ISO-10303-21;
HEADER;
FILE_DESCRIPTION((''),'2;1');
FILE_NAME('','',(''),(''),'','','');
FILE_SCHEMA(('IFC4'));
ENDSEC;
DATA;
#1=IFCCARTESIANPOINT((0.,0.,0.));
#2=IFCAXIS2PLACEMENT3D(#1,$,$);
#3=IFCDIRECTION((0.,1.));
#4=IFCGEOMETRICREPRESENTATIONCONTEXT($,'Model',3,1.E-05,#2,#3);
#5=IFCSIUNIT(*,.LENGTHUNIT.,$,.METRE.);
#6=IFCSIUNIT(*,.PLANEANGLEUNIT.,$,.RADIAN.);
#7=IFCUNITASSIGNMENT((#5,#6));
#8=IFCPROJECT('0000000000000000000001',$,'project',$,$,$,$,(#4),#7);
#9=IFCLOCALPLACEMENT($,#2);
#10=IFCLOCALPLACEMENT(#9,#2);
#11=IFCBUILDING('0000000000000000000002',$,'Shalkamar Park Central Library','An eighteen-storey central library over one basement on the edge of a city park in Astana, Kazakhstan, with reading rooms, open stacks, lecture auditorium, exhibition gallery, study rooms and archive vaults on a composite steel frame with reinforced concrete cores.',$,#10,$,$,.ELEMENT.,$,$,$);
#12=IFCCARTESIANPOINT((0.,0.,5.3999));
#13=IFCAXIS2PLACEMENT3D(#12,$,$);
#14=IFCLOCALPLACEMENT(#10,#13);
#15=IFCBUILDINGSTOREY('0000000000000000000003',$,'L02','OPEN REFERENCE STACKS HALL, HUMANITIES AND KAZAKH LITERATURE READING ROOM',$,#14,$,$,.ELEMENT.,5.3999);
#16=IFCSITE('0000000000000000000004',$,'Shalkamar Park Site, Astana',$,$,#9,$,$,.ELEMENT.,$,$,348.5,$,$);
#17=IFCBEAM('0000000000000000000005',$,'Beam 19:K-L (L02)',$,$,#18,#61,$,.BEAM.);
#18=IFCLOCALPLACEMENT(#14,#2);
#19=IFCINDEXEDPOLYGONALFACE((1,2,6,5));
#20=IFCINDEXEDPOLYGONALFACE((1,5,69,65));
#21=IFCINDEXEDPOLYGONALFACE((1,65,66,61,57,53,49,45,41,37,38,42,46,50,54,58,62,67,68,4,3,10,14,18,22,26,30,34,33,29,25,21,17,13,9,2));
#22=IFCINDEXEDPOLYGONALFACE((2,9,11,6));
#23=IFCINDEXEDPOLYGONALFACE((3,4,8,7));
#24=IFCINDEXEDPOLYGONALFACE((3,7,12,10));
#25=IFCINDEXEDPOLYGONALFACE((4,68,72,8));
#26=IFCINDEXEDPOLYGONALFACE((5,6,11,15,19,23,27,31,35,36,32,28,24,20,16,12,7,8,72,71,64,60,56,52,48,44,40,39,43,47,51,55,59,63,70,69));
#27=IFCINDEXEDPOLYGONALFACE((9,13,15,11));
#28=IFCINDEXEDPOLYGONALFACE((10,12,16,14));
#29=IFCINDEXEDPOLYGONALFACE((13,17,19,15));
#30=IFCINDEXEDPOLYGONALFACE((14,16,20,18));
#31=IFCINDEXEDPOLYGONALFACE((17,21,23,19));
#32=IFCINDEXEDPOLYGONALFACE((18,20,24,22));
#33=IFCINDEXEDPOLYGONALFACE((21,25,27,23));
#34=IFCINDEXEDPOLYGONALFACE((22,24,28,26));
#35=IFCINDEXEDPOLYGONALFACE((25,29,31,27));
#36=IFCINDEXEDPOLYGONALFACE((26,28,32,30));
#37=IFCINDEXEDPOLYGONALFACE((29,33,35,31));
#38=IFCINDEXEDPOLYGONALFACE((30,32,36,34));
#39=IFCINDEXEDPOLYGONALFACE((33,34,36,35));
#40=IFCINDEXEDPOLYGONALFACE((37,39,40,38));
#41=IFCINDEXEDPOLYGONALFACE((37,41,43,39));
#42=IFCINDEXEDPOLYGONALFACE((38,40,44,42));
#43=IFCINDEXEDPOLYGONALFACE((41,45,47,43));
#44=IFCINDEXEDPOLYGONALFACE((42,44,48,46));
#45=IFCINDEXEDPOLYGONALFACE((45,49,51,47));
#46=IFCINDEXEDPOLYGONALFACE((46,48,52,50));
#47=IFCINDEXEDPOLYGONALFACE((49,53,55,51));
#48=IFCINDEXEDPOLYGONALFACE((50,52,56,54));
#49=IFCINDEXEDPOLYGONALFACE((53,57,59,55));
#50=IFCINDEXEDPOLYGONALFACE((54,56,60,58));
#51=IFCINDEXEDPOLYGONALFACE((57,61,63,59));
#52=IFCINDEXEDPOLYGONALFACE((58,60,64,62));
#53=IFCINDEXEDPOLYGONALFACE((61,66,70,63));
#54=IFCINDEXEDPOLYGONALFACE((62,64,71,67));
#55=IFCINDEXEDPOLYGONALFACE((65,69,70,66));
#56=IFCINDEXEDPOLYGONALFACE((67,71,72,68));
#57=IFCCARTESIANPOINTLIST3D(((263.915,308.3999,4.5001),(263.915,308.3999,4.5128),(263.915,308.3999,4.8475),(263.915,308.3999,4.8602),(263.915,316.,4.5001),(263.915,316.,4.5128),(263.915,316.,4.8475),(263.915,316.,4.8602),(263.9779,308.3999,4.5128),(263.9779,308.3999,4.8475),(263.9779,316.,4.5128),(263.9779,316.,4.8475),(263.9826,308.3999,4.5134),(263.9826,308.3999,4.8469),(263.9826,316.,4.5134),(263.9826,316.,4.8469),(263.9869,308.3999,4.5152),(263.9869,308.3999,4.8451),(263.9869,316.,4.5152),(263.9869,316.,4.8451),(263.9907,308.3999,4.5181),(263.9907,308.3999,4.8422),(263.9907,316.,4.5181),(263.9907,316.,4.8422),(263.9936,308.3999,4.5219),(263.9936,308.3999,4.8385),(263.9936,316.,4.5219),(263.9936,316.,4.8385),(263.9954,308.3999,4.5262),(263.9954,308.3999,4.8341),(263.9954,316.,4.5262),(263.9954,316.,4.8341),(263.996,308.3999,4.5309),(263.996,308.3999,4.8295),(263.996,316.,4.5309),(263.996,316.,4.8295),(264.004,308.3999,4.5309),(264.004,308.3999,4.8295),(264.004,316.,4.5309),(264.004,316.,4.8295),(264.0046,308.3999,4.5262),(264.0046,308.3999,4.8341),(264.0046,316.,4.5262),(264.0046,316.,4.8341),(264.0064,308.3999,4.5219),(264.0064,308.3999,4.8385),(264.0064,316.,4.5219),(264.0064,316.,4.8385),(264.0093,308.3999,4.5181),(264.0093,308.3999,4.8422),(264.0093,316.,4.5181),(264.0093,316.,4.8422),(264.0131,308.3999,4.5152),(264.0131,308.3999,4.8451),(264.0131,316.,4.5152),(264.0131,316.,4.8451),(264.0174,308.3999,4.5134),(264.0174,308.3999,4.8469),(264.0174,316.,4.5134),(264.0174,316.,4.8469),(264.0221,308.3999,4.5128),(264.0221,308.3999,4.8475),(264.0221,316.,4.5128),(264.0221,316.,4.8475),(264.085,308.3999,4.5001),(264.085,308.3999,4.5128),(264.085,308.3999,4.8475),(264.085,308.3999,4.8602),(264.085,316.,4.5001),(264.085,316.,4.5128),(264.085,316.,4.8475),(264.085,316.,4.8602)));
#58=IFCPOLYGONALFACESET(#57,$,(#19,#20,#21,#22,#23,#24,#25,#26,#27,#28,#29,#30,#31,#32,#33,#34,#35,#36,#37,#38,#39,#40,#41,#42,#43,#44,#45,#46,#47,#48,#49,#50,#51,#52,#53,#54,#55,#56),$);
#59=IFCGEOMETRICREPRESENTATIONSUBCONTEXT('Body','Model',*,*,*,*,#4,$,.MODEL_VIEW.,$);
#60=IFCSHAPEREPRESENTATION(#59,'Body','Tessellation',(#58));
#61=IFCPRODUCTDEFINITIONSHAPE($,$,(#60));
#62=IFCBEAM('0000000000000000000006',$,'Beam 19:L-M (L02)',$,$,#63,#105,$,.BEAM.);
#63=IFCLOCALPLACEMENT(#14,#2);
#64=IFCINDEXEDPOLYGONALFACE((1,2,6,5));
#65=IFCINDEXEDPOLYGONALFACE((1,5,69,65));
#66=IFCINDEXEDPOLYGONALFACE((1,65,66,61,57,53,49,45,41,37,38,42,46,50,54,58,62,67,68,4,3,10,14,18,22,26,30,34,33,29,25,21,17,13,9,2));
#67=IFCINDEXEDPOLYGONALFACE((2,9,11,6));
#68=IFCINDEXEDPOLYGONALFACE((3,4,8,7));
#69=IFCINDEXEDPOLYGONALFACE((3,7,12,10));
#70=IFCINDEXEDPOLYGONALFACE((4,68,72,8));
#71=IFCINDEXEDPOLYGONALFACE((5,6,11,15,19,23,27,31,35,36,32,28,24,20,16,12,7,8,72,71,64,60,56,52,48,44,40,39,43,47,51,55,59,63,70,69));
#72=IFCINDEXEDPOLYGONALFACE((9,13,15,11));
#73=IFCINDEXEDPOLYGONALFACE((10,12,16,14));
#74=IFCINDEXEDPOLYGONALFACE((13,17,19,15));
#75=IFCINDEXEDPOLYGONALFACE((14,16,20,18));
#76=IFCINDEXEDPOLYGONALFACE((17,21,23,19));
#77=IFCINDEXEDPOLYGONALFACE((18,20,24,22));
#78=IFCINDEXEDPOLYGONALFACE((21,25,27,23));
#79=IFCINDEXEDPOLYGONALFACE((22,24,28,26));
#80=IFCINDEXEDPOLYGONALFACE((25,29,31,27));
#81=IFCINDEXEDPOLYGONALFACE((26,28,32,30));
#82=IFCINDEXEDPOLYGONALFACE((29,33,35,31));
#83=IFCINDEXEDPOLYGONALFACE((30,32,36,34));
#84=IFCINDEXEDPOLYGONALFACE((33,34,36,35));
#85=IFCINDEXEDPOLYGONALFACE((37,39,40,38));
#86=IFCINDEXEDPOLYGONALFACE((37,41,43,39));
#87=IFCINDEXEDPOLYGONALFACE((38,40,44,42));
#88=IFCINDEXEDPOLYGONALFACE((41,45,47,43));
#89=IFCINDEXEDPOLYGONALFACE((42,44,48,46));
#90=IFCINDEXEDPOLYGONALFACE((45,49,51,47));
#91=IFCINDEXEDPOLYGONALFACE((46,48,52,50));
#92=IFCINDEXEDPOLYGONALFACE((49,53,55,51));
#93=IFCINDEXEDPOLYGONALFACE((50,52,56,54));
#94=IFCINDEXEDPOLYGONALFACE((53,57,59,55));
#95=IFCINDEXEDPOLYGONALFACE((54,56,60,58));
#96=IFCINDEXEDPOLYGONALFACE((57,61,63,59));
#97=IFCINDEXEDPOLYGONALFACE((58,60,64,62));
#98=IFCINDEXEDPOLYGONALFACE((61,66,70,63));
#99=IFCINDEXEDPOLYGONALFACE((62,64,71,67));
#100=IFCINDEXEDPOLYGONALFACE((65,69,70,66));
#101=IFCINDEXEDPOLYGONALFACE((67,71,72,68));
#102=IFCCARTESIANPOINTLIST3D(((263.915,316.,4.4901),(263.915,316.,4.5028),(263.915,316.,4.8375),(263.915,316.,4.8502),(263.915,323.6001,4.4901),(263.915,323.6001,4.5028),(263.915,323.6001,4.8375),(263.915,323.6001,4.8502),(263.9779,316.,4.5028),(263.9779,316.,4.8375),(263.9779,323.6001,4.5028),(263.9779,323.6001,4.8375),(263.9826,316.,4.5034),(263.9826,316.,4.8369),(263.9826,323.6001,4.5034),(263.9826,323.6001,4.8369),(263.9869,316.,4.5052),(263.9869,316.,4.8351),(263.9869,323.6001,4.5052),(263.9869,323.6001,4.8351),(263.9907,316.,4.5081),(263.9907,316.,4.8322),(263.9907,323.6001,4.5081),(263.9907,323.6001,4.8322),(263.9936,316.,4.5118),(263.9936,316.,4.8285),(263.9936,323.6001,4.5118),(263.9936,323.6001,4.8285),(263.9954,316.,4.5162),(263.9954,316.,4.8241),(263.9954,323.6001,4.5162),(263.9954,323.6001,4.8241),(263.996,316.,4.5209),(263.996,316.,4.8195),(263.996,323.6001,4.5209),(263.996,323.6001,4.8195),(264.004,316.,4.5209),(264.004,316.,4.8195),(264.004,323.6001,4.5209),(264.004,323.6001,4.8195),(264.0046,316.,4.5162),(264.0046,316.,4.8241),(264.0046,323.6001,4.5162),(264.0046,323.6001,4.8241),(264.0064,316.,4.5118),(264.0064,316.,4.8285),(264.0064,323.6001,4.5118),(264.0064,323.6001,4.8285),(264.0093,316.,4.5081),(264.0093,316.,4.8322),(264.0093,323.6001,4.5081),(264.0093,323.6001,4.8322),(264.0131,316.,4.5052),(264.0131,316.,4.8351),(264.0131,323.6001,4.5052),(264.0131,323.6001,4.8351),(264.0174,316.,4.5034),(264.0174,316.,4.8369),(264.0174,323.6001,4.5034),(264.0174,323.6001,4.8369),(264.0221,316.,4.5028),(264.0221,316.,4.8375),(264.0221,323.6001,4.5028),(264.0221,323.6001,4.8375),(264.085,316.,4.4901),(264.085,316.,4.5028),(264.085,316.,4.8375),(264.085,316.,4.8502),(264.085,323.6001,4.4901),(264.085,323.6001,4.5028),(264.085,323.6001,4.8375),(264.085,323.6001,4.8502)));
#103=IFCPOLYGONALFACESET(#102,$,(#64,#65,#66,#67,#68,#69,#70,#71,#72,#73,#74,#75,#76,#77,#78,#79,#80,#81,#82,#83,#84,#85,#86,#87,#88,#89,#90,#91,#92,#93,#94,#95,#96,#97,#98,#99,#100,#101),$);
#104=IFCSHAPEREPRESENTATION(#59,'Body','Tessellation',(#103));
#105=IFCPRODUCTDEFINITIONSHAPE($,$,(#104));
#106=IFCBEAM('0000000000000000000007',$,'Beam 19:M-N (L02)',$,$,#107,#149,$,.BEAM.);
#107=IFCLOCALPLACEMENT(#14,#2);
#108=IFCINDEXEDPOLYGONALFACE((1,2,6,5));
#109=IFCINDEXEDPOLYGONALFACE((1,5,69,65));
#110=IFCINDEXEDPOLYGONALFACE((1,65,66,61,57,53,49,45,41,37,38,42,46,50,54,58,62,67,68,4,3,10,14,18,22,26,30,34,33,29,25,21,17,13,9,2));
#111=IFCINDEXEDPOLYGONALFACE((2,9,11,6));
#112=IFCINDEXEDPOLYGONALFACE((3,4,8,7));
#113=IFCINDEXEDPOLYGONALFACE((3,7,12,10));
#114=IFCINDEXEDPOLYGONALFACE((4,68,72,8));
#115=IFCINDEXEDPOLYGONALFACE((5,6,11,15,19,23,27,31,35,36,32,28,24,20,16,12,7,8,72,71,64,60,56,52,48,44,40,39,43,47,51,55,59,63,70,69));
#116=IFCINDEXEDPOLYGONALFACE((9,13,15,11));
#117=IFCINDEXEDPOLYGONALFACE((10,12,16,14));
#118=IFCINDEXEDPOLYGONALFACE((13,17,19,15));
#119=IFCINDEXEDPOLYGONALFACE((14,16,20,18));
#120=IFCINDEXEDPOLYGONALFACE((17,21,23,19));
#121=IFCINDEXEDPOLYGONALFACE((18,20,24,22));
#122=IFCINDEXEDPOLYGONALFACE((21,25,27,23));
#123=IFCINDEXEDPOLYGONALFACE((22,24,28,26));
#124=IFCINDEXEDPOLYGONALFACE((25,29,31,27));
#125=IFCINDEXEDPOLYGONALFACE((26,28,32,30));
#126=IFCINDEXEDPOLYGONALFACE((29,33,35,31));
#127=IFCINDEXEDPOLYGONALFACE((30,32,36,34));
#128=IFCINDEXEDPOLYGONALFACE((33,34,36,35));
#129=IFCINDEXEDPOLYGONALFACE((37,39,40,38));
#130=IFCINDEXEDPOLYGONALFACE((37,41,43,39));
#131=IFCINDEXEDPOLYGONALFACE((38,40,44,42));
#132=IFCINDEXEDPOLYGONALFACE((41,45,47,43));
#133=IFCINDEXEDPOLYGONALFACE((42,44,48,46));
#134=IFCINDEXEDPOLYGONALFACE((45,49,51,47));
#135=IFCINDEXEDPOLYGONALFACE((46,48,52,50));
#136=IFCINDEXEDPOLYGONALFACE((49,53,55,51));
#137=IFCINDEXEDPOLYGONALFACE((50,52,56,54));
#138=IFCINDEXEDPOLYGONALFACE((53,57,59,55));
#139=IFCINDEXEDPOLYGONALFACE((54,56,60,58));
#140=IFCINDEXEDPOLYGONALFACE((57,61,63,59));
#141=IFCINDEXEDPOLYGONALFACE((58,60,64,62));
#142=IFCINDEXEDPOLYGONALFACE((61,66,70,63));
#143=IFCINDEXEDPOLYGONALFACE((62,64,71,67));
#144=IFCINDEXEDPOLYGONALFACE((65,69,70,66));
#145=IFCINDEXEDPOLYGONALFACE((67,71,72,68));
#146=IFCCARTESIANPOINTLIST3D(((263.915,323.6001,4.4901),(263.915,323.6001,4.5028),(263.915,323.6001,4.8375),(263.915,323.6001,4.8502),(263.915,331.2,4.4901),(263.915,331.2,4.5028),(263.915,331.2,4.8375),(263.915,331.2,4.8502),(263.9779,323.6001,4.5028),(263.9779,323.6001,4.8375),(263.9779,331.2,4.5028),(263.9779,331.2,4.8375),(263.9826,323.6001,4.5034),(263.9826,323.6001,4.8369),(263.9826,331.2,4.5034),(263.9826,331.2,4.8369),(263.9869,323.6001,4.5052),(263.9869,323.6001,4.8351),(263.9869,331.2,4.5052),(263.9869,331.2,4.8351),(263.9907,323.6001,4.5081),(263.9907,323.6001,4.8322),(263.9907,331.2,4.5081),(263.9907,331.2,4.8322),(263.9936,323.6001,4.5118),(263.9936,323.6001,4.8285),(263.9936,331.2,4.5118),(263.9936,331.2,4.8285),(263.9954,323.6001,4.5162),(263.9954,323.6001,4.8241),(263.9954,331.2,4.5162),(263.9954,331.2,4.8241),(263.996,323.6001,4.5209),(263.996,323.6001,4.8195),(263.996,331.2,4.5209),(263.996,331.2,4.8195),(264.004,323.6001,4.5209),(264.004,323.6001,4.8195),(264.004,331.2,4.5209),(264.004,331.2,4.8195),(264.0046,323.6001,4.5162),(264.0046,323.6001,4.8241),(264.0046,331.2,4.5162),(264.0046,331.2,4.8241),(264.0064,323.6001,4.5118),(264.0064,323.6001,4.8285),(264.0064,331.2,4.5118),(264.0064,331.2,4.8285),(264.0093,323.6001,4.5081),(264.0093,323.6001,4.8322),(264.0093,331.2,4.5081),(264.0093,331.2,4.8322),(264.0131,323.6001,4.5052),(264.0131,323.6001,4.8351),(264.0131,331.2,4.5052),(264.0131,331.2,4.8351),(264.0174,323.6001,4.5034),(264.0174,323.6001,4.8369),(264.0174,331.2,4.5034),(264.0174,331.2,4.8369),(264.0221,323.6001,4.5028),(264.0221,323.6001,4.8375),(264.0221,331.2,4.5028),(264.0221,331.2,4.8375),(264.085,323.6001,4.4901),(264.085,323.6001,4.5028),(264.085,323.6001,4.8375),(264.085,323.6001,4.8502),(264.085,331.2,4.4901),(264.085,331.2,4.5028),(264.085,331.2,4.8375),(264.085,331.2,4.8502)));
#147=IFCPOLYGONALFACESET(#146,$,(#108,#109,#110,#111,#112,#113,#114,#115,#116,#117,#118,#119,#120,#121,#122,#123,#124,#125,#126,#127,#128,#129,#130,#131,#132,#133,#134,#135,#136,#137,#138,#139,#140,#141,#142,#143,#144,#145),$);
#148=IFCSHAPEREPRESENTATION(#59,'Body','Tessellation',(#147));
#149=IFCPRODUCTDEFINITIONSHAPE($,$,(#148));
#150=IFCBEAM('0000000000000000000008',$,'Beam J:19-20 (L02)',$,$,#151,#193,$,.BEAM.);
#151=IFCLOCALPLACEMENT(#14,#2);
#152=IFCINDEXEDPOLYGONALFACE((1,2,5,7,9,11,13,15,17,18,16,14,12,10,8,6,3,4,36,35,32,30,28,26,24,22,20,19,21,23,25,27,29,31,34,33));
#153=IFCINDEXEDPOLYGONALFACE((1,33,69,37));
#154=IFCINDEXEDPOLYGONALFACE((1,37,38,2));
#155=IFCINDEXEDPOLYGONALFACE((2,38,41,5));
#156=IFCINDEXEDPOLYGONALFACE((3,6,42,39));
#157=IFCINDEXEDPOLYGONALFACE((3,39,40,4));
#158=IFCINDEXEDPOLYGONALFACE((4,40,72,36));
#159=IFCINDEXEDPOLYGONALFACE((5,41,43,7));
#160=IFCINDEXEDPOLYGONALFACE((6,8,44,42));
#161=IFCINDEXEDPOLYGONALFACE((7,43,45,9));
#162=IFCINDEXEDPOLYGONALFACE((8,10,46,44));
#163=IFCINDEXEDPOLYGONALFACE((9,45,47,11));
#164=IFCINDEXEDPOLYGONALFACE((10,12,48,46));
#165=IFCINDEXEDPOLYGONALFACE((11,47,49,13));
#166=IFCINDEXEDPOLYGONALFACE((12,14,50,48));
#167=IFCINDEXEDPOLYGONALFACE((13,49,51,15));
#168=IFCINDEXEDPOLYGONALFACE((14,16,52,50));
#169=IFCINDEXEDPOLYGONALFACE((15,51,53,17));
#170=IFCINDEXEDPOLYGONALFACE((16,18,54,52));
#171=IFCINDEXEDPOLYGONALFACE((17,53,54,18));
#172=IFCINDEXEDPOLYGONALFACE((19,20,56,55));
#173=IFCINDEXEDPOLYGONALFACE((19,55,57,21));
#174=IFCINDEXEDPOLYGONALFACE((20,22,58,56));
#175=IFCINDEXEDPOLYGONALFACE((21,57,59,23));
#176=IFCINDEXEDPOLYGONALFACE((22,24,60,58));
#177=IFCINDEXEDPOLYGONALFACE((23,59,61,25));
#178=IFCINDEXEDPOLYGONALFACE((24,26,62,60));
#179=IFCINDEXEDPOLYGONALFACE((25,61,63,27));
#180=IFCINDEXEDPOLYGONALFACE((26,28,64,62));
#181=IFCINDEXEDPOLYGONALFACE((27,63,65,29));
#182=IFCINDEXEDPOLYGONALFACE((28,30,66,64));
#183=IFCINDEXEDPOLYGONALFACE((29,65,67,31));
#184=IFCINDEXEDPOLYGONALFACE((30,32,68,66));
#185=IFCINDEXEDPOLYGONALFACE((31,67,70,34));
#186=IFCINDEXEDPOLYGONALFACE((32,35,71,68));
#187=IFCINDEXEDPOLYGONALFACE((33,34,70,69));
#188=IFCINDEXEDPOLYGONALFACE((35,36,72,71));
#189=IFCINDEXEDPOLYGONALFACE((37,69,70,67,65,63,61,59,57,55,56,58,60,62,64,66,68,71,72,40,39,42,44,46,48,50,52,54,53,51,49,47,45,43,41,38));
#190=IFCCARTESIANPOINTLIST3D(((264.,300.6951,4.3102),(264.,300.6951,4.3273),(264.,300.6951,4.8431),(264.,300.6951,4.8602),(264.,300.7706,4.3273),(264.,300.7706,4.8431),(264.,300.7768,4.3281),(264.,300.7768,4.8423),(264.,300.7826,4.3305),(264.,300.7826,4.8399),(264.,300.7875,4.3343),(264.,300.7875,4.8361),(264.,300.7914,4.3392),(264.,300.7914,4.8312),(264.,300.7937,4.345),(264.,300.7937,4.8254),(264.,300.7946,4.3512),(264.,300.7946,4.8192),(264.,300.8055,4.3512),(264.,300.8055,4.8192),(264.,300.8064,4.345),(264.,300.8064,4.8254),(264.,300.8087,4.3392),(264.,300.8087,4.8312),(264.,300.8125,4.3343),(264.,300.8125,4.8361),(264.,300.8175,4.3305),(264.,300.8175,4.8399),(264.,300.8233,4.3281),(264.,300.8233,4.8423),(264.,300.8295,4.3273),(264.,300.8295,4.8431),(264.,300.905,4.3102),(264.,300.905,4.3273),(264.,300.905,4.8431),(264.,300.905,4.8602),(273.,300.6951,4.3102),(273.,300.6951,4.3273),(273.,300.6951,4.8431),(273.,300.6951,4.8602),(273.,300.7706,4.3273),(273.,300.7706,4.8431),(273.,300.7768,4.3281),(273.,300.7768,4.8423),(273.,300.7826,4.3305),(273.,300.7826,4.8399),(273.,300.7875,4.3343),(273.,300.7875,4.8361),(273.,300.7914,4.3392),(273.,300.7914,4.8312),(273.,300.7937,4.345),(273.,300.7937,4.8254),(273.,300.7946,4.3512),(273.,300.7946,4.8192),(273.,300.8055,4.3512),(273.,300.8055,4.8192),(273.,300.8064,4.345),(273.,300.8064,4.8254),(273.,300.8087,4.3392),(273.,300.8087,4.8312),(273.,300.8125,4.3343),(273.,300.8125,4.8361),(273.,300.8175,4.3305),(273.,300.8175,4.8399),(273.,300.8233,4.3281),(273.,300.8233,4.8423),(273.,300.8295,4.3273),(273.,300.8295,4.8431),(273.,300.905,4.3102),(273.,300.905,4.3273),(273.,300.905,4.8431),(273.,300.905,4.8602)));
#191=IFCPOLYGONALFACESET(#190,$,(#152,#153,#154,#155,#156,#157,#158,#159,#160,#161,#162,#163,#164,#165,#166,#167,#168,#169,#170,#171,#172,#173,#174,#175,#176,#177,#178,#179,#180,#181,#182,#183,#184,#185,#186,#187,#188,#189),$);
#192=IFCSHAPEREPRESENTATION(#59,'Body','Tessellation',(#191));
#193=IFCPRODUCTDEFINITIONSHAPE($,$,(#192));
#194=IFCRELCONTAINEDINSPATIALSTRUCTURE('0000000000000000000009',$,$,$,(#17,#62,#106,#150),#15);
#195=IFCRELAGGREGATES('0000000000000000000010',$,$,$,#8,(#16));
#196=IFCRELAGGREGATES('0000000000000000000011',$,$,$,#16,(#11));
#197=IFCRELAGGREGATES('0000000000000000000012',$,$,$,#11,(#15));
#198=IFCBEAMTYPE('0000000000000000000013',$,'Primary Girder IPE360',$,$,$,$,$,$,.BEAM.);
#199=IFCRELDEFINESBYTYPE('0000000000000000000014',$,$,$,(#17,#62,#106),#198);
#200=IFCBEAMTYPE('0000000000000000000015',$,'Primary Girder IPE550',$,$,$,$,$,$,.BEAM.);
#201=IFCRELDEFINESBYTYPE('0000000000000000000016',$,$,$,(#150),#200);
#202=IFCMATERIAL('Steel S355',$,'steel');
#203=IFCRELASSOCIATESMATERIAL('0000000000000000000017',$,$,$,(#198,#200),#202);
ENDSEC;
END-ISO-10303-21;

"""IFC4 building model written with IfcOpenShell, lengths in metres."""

from ifc_helpers import new_model, si_unit, direction, frame, origin, origin_2d, place, context, subcontext, project, spatial, i_section, extrude, material, material_profile, profile_set, type_object, element, save


model = new_model("IFC4")

# Units and contexts
model_context = context("Model", 3, precision=1e-05, world=origin(), true_north=direction((0.0, 1.0)))
body_context = subcontext(model_context, "Body", "Model", "MODEL_VIEW")
ifc_project = project(units=[si_unit("LENGTHUNIT", "METRE"), si_unit("PLANEANGLEUNIT", "RADIAN")], contexts=[model_context])

# Site, building, storey
site_placement = place(None, origin())
site = spatial("IfcSite", under=ifc_project, at=site_placement, Name="Shalkamar Park Site, Astana", CompositionType="ELEMENT", RefElevation=348.5)
building_placement = place(site_placement, origin())
building = spatial("IfcBuilding", under=site, at=building_placement, Name="Shalkamar Park Central Library", Description="An eighteen-storey central library over one basement on the edge of a city park in Astana, Kazakhstan, with reading rooms, open stacks, lecture auditorium, exhibition gallery, study rooms and archive vaults on a composite steel frame with reinforced concrete cores.", CompositionType="ELEMENT")
storey_placement = place(building_placement, frame((0.0, 0.0, 5.3999)))
storey = spatial("IfcBuildingStorey", under=building, at=storey_placement, Name="L02", Description="OPEN REFERENCE STACKS HALL, HUMANITIES AND KAZAKH LITERATURE READING ROOM", CompositionType="ELEMENT", Elevation=5.3999)

# Shared definitions
ifc_material_1 = material(Name="Steel S355", Category="steel")

# Beams
ifc_material_profile_1 = material_profile(ifc_material_1, i_section(OverallWidth=0.1699, OverallDepth=0.3601, WebThickness=0.0081, FlangeThickness=0.0127, FilletRadius=0.0181, at=origin_2d()), Name="IPE 360")
ifc_profile_set_1 = profile_set([ifc_material_profile_1], Name="Steel S355")
beam_type_1 = type_object("IfcBeamType", Name="Primary Girder IPE360", PredefinedType="BEAM", material=ifc_profile_set_1)
for number, where, z_axis, x_axis, name in (
    (1, (264.0, 308.3999, 4.6802), (0.0, 1.0, 0.0), (-1.0, 0.0, 0.0), "Beam 19:K-L (L02)"),
    (2, (264.0, 316.0, 4.6702), (0.0, 1.0, 0.0), (-1.0, 0.0, 0.0), "Beam 19:L-M (L02)"),
):
    element("IfcBeam", number, at=place(storey_placement, frame(where, z_axis=z_axis, x_axis=x_axis)), inside=storey, type_object=beam_type_1, Name=name, PredefinedType="BEAM", context=body_context, shape_type="SweptSolid", body=[
        extrude(i_section(OverallWidth=0.1699, OverallDepth=0.3601, WebThickness=0.0081, FlangeThickness=0.0127, FilletRadius=0.0181, at=origin_2d()), origin(), (0.0, 0.0, 1.0), 7.6001),
    ])
beam_1_placement = place(storey_placement, frame((264.0, 323.6001, 4.6702), z_axis=(0.0, 1.0, 0.0), x_axis=(-1.0, 0.0, 0.0)))
element("IfcBeam", 3, at=beam_1_placement, inside=storey, type_object=beam_type_1, Name="Beam 19:M-N (L02)", PredefinedType="BEAM", context=body_context, shape_type="SweptSolid", body=[
    extrude(i_section(OverallWidth=0.1699, OverallDepth=0.3601, WebThickness=0.0081, FlangeThickness=0.0127, FilletRadius=0.0181, at=origin_2d()), origin(), (0.0, 0.0, 1.0), 7.5999),
])
ifc_material_profile_2 = material_profile(ifc_material_1, i_section(OverallWidth=0.21, OverallDepth=0.55, WebThickness=0.011, FlangeThickness=0.0171, FilletRadius=0.0239, at=origin_2d()), Name="IPE 550")
ifc_profile_set_2 = profile_set([ifc_material_profile_2], Name="Steel S355")
beam_type_2 = type_object("IfcBeamType", Name="Primary Girder IPE550", PredefinedType="BEAM", material=ifc_profile_set_2)
for number, where, z_axis, x_axis, name in (
    (4, (264.0, 300.8, 4.5852), (1.0, 0.0, 0.0), (0.0, 1.0, 0.0), "Beam J:19-20 (L02)"),
):
    element("IfcBeam", number, at=place(storey_placement, frame(where, z_axis=z_axis, x_axis=x_axis)), inside=storey, type_object=beam_type_2, Name=name, PredefinedType="BEAM", context=body_context, shape_type="SweptSolid", body=[
        extrude(i_section(OverallWidth=0.21, OverallDepth=0.55, WebThickness=0.011, FlangeThickness=0.0171, FilletRadius=0.0239, at=origin_2d()), origin(), (0.0, 0.0, 1.0), 9.0),
    ])

save(model, "model.ifc")
